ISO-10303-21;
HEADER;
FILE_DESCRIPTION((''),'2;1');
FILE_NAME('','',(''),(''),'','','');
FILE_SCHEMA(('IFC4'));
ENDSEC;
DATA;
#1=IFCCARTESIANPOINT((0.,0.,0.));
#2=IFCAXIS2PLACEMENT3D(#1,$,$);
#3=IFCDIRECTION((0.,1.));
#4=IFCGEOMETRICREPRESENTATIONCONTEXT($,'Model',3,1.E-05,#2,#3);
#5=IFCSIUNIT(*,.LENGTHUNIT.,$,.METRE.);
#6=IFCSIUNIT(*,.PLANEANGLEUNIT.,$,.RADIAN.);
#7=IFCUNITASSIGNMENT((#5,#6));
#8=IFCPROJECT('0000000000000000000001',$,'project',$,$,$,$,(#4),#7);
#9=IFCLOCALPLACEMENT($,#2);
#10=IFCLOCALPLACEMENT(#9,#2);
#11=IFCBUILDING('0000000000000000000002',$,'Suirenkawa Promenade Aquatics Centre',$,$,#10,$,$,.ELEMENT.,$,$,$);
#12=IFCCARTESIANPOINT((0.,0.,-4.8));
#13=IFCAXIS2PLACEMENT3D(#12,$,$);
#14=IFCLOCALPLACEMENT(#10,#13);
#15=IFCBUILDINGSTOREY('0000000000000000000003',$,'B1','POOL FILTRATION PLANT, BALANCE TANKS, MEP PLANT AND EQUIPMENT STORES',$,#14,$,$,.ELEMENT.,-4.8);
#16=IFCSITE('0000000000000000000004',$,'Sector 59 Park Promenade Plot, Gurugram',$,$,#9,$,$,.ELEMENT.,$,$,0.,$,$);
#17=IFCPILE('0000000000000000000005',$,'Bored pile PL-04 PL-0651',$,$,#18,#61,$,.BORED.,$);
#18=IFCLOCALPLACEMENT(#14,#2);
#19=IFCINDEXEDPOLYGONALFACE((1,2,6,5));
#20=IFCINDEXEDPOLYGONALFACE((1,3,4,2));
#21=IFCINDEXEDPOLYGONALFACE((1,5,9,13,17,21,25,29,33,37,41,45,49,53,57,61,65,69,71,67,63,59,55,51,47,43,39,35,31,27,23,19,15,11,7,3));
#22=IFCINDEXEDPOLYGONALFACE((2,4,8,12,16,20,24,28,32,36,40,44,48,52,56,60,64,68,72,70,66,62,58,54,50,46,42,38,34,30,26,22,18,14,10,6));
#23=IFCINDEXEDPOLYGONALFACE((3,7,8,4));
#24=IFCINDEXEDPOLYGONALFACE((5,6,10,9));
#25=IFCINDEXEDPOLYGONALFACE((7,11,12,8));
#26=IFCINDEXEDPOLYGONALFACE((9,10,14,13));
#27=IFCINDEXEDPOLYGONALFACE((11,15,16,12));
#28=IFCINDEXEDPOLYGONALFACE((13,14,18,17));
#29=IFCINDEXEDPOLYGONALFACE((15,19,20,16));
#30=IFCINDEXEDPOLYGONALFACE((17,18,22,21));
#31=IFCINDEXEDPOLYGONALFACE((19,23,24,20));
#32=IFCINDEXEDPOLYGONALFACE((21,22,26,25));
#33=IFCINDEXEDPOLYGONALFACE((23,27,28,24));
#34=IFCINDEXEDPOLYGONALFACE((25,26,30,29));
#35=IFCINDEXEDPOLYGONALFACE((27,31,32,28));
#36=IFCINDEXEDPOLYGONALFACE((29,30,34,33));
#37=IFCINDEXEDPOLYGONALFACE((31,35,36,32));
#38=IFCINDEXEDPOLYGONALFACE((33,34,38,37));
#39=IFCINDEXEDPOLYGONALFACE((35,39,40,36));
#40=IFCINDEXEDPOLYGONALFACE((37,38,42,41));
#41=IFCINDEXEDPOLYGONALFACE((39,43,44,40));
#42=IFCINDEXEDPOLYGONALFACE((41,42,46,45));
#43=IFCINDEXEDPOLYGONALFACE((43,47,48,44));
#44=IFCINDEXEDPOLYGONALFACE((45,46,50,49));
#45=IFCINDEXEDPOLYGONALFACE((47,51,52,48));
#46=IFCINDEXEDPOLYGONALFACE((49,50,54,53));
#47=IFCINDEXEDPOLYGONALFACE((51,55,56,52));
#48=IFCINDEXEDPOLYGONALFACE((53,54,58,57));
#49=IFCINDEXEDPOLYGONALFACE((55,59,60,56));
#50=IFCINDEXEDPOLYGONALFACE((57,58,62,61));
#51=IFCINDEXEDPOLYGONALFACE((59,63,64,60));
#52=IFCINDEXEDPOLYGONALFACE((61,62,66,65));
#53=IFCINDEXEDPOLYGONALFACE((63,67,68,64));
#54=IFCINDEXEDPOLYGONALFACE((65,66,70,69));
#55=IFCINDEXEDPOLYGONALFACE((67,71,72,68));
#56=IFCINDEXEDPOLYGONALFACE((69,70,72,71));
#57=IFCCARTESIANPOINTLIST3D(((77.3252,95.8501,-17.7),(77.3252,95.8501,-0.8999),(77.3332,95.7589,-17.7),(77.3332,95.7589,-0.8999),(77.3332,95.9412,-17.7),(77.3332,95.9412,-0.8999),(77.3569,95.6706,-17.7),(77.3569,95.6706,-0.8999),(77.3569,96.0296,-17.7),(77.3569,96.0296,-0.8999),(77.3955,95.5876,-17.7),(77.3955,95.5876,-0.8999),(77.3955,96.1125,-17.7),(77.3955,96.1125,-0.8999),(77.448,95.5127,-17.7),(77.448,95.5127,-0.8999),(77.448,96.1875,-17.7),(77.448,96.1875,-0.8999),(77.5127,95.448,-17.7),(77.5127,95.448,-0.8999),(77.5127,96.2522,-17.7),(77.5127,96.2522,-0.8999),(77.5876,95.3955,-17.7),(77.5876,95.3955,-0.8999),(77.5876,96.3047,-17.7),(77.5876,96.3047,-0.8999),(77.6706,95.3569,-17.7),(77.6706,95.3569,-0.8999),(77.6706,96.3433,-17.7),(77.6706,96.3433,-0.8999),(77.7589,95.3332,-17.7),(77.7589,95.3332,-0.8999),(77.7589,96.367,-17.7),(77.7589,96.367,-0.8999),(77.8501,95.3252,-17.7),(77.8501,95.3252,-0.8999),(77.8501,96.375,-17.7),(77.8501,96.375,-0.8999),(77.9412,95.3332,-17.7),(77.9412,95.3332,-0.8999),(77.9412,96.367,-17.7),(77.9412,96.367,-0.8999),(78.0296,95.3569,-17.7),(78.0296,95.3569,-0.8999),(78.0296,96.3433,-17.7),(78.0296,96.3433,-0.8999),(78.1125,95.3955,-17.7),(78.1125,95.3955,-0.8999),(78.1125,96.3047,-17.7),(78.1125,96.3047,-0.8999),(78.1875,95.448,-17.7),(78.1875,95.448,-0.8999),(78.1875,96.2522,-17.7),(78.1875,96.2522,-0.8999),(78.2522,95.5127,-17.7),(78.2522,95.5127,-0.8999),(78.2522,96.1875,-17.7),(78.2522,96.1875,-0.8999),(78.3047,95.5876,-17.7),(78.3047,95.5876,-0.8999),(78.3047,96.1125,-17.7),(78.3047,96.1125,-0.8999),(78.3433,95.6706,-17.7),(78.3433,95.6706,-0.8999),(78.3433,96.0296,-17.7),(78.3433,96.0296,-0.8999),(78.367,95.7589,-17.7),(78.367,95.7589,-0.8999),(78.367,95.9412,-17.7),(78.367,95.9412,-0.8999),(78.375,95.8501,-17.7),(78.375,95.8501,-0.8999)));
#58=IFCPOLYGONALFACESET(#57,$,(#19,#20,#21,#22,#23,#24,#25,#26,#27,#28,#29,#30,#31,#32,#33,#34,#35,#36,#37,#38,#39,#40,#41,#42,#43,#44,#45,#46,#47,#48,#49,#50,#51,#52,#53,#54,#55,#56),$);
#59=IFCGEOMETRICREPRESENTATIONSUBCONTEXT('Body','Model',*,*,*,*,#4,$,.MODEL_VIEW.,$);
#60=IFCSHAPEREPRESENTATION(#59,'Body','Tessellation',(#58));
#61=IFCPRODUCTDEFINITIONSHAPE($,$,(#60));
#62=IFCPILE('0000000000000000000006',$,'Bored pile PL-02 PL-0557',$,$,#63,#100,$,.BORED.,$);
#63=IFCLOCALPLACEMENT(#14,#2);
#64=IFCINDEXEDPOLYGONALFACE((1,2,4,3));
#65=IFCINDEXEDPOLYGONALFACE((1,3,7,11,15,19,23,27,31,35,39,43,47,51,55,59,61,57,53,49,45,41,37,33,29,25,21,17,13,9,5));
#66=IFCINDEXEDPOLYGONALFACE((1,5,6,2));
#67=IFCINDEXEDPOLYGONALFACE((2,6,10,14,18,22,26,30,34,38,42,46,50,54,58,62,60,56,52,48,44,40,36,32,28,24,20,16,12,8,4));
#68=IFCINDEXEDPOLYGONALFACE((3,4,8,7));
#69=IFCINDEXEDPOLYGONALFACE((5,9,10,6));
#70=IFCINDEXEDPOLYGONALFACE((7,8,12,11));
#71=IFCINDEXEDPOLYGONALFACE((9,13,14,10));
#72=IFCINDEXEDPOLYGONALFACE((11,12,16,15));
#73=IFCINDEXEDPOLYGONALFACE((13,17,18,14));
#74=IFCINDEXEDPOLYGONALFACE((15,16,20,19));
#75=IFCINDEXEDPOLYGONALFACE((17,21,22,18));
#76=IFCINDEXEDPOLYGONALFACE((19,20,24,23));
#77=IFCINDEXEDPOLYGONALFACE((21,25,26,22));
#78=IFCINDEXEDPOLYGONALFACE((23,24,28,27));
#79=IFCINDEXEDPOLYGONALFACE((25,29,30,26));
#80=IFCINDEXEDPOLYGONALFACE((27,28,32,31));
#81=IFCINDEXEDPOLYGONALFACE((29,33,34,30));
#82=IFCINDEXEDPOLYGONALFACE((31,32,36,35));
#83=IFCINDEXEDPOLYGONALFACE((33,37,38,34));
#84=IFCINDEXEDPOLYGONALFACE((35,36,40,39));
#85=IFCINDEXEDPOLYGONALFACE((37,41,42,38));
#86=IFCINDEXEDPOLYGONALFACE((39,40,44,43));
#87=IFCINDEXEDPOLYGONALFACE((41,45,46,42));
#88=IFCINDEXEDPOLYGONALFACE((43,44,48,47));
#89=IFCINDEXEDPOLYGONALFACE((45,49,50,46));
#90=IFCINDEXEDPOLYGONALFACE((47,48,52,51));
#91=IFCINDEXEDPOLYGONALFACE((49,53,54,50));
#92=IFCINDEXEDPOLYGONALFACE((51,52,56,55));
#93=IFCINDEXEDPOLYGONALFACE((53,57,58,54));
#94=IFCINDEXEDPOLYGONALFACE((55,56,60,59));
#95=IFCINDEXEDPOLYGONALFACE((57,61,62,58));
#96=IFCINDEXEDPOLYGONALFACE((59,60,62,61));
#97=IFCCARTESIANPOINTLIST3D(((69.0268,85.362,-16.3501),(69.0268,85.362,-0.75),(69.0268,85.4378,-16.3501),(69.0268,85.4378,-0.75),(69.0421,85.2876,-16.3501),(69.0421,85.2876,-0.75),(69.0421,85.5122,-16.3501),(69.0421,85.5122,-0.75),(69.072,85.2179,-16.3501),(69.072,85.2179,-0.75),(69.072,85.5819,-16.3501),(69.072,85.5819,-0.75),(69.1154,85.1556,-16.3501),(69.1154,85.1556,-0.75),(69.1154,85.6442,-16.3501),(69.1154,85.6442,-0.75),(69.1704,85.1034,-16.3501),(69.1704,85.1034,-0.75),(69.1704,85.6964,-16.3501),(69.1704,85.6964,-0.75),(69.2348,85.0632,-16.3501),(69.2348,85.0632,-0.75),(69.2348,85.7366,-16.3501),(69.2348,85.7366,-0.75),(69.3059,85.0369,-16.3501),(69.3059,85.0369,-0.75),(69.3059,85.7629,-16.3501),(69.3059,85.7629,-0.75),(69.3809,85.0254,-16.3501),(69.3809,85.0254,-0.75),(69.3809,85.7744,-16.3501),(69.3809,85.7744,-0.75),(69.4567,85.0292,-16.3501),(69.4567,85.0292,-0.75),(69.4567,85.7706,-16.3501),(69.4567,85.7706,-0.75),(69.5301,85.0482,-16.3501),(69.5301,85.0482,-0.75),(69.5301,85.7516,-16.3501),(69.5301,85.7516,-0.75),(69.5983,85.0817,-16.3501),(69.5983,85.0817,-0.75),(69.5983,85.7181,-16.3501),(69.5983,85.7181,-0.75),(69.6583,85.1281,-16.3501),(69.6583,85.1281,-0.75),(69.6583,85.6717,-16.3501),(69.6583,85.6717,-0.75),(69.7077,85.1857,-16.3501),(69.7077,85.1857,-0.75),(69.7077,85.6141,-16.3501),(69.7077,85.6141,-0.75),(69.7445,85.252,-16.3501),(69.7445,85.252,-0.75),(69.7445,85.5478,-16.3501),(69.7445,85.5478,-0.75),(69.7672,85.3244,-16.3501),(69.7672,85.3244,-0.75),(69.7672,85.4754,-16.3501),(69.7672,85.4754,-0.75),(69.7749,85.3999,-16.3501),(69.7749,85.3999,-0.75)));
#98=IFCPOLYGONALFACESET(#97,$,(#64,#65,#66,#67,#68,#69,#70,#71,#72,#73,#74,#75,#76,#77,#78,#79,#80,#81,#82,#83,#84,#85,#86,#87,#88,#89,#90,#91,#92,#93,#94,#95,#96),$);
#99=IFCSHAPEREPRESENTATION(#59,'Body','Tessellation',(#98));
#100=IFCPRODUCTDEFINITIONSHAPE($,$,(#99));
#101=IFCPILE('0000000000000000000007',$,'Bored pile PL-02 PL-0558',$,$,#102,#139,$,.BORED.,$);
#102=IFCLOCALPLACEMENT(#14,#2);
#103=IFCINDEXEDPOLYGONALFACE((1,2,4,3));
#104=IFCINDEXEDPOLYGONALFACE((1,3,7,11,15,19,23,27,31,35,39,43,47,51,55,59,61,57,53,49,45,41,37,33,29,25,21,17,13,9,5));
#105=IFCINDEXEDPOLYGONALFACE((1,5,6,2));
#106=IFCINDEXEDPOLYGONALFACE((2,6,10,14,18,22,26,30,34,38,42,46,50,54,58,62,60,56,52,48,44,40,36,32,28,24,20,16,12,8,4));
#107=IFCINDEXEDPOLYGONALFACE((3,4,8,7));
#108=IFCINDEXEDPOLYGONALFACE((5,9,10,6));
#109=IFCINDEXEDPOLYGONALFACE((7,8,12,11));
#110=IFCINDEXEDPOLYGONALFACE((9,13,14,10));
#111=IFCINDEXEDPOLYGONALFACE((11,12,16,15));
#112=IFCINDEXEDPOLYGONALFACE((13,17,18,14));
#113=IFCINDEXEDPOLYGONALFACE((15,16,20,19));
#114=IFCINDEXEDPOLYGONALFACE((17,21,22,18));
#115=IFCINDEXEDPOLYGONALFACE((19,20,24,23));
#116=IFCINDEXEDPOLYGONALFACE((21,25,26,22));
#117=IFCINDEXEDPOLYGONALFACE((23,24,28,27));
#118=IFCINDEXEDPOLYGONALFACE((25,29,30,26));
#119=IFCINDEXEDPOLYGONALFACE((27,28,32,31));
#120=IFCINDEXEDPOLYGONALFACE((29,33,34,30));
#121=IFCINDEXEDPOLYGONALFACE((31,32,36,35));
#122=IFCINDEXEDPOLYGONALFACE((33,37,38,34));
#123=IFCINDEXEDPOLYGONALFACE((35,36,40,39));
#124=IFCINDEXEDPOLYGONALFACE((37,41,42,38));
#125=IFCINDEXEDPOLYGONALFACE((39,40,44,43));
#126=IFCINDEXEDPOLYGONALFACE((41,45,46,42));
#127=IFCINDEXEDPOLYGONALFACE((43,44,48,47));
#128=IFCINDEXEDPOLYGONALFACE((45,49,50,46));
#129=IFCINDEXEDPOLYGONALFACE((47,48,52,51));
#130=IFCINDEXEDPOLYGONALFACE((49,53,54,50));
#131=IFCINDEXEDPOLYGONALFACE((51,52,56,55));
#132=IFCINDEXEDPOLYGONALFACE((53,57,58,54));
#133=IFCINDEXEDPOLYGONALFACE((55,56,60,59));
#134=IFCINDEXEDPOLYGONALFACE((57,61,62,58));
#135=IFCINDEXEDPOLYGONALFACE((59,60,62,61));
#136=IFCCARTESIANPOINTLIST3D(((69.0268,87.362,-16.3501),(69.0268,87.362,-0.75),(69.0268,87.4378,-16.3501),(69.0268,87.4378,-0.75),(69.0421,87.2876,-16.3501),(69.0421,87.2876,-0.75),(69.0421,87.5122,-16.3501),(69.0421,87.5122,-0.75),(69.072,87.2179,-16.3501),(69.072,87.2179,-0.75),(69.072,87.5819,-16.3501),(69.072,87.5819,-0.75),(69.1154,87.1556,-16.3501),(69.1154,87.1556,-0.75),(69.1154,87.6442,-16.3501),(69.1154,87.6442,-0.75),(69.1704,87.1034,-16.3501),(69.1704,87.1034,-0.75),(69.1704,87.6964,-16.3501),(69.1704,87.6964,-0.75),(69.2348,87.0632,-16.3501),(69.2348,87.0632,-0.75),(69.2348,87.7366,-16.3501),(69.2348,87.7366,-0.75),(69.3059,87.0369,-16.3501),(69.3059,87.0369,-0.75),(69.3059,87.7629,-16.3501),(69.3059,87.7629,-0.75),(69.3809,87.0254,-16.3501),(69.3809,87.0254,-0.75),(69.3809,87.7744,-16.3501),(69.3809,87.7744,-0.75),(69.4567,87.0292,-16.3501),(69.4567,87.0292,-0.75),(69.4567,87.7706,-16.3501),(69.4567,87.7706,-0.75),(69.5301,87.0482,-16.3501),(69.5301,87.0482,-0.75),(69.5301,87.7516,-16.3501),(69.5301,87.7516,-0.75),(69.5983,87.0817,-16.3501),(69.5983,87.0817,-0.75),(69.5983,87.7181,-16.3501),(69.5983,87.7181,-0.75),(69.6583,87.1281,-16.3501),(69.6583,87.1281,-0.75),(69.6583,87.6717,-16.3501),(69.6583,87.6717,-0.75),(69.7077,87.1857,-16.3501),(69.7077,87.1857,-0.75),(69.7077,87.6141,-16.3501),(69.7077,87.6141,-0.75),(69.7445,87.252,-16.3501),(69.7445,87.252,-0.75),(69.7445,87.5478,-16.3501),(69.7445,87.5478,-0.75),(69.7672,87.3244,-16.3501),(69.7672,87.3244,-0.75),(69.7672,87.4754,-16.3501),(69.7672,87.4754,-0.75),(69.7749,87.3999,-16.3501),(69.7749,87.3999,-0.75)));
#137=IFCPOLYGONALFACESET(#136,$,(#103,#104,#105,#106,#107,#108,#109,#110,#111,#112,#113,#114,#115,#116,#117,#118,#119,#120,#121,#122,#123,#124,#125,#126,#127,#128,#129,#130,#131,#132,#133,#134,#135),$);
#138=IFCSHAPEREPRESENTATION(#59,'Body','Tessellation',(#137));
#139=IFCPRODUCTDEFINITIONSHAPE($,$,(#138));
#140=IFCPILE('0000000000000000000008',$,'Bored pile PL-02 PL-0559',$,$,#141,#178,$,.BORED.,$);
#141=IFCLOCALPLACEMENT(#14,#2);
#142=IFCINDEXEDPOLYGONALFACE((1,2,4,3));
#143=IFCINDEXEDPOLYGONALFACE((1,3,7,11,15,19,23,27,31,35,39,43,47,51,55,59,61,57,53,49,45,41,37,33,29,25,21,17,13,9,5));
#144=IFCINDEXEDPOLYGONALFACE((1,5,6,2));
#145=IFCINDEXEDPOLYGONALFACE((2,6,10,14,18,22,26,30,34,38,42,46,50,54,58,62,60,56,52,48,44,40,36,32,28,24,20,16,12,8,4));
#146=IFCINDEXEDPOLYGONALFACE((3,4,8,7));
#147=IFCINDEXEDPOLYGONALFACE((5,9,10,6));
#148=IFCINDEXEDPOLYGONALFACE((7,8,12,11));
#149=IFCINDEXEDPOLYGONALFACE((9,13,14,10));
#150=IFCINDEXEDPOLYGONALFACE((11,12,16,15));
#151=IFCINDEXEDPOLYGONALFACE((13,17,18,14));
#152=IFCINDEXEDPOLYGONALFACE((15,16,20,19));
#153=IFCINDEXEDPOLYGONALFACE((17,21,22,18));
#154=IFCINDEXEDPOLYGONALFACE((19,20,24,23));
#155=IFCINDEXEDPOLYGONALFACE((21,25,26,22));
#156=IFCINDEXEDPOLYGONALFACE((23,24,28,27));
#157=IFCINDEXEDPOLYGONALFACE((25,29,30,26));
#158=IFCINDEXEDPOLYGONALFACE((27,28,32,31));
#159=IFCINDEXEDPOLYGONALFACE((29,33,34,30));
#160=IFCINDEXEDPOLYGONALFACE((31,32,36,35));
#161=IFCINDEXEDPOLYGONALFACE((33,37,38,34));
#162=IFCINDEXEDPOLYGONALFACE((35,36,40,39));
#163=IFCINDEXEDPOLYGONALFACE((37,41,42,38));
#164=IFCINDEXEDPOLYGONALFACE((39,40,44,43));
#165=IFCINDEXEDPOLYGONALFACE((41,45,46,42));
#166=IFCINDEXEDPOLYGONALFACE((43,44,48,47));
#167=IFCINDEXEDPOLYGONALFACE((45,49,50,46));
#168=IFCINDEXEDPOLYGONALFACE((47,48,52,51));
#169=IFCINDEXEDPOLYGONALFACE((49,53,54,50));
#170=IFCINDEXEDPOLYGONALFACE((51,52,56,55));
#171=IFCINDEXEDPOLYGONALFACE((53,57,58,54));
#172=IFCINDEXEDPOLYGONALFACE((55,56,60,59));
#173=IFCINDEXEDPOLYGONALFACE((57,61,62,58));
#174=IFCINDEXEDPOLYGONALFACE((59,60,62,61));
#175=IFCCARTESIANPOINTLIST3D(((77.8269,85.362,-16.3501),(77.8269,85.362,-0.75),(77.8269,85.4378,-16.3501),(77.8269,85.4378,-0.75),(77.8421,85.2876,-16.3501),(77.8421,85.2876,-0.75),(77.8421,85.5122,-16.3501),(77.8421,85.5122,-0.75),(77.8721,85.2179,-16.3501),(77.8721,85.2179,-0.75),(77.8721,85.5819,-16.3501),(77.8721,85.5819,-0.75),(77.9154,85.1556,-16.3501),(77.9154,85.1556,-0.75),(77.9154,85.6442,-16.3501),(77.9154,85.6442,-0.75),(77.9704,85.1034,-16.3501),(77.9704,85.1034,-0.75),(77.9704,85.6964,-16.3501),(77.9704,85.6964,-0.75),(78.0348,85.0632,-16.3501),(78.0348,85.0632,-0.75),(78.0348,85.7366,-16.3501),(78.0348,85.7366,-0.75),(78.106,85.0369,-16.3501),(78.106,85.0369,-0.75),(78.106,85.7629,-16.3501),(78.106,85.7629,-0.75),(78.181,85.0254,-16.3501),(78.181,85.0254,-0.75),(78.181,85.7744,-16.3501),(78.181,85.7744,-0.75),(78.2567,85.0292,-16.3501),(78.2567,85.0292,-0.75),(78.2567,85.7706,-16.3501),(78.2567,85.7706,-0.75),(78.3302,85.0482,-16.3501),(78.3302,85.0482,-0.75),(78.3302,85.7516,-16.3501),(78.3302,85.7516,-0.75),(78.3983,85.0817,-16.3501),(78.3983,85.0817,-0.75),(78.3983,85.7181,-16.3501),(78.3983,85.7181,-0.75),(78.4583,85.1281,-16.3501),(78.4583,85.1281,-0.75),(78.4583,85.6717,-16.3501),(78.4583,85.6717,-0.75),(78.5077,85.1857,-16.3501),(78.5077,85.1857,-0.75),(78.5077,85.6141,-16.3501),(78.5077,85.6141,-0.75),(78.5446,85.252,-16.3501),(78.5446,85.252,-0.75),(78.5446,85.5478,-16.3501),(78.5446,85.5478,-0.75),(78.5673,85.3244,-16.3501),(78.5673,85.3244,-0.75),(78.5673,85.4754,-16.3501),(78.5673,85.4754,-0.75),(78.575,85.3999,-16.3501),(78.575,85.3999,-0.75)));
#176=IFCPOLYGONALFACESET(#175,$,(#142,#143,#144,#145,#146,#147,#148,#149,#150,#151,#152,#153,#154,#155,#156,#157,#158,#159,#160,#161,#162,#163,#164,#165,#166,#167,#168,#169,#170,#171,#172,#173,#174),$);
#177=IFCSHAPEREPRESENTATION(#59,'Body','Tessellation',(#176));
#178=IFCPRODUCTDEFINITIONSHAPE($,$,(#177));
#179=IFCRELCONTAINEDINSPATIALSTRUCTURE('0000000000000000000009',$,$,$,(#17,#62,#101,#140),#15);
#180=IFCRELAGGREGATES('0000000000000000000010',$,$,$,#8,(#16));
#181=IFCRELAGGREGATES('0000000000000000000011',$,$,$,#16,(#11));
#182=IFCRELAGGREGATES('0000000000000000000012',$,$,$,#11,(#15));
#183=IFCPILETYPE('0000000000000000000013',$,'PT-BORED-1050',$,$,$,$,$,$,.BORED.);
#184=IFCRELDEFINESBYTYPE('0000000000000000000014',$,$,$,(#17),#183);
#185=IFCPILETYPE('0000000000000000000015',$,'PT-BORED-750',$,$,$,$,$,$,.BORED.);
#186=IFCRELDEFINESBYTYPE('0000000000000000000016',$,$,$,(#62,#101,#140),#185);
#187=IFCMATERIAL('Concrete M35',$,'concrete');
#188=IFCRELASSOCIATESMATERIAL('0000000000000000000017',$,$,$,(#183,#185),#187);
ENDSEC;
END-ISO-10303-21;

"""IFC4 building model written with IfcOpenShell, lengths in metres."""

from ifc_helpers import new_model, si_unit, direction, frame, origin, origin_2d, place, context, subcontext, project, spatial, circle, extrude, material, material_profile, profile_set, type_object, element, save


model = new_model("IFC4")

# Units and contexts
model_context = context("Model", 3, precision=1e-05, world=origin(), true_north=direction((0.0, 1.0)))
body_context = subcontext(model_context, "Body", "Model", "MODEL_VIEW")
ifc_project = project(units=[si_unit("LENGTHUNIT", "METRE"), si_unit("PLANEANGLEUNIT", "RADIAN")], contexts=[model_context])

# Site, building, storey
site_placement = place(None, origin())
site = spatial("IfcSite", under=ifc_project, at=site_placement, Name="Sector 59 Park Promenade Plot, Gurugram", CompositionType="ELEMENT", RefElevation=0.0)
building_placement = place(site_placement, origin())
building = spatial("IfcBuilding", under=site, at=building_placement, Name="Suirenkawa Promenade Aquatics Centre", CompositionType="ELEMENT")
storey_placement = place(building_placement, frame((0.0, 0.0, -4.8)))
storey = spatial("IfcBuildingStorey", under=building, at=storey_placement, Name="B1", Description="POOL FILTRATION PLANT, BALANCE TANKS, MEP PLANT AND EQUIPMENT STORES", CompositionType="ELEMENT", Elevation=-4.8)

# Shared definitions
ifc_material_1 = material(Name="Concrete M35", Category="concrete")

# Piles
ifc_material_profile_1 = material_profile(ifc_material_1, circle(Radius=0.5249, at=origin_2d()), Name="PILE D1050", Category="concrete")
ifc_profile_set_1 = profile_set([ifc_material_profile_1], Name="Concrete M35")
pile_type_1 = type_object("IfcPileType", Name="PT-BORED-1050", PredefinedType="BORED", material=ifc_profile_set_1)
for number, where, z_axis, x_axis, name in (
    (1, (77.8501, 95.8501, -0.8999), (0.0, 0.0, -1.0), (1.0, 0.0, 0.0), "Bored pile PL-04 PL-0651"),
):
    element("IfcPile", number, at=place(storey_placement, frame(where, z_axis=z_axis, x_axis=x_axis)), inside=storey, type_object=pile_type_1, Name=name, PredefinedType="BORED", context=body_context, shape_type="SweptSolid", body=[
        extrude(circle(Radius=0.5249, at=origin_2d()), origin(), (0.0, 0.0, 1.0), 16.8),
    ])
ifc_material_profile_2 = material_profile(ifc_material_1, circle(Radius=0.375, at=origin_2d()), Name="PILE D750", Category="concrete")
ifc_profile_set_2 = profile_set([ifc_material_profile_2], Name="Concrete M35")
pile_type_2 = type_object("IfcPileType", Name="PT-BORED-750", PredefinedType="BORED", material=ifc_profile_set_2)
for number, where, z_axis, x_axis, name in (
    (2, (69.3999, 85.3999, -0.75), (0.0, 0.0, -1.0), (1.0, 0.0, 0.0), "Bored pile PL-02 PL-0557"),
    (3, (69.3999, 87.3999, -0.75), (0.0, 0.0, -1.0), (1.0, 0.0, 0.0), "Bored pile PL-02 PL-0558"),
    (4, (78.2, 85.3999, -0.75), (0.0, 0.0, -1.0), (1.0, 0.0, 0.0), "Bored pile PL-02 PL-0559"),
):
    element("IfcPile", number, at=place(storey_placement, frame(where, z_axis=z_axis, x_axis=x_axis)), inside=storey, type_object=pile_type_2, Name=name, PredefinedType="BORED", context=body_context, shape_type="SweptSolid", body=[
        extrude(circle(Radius=0.375, at=origin_2d()), origin(), (0.0, 0.0, 1.0), 15.6001),
    ])

save(model, "model.ifc")
